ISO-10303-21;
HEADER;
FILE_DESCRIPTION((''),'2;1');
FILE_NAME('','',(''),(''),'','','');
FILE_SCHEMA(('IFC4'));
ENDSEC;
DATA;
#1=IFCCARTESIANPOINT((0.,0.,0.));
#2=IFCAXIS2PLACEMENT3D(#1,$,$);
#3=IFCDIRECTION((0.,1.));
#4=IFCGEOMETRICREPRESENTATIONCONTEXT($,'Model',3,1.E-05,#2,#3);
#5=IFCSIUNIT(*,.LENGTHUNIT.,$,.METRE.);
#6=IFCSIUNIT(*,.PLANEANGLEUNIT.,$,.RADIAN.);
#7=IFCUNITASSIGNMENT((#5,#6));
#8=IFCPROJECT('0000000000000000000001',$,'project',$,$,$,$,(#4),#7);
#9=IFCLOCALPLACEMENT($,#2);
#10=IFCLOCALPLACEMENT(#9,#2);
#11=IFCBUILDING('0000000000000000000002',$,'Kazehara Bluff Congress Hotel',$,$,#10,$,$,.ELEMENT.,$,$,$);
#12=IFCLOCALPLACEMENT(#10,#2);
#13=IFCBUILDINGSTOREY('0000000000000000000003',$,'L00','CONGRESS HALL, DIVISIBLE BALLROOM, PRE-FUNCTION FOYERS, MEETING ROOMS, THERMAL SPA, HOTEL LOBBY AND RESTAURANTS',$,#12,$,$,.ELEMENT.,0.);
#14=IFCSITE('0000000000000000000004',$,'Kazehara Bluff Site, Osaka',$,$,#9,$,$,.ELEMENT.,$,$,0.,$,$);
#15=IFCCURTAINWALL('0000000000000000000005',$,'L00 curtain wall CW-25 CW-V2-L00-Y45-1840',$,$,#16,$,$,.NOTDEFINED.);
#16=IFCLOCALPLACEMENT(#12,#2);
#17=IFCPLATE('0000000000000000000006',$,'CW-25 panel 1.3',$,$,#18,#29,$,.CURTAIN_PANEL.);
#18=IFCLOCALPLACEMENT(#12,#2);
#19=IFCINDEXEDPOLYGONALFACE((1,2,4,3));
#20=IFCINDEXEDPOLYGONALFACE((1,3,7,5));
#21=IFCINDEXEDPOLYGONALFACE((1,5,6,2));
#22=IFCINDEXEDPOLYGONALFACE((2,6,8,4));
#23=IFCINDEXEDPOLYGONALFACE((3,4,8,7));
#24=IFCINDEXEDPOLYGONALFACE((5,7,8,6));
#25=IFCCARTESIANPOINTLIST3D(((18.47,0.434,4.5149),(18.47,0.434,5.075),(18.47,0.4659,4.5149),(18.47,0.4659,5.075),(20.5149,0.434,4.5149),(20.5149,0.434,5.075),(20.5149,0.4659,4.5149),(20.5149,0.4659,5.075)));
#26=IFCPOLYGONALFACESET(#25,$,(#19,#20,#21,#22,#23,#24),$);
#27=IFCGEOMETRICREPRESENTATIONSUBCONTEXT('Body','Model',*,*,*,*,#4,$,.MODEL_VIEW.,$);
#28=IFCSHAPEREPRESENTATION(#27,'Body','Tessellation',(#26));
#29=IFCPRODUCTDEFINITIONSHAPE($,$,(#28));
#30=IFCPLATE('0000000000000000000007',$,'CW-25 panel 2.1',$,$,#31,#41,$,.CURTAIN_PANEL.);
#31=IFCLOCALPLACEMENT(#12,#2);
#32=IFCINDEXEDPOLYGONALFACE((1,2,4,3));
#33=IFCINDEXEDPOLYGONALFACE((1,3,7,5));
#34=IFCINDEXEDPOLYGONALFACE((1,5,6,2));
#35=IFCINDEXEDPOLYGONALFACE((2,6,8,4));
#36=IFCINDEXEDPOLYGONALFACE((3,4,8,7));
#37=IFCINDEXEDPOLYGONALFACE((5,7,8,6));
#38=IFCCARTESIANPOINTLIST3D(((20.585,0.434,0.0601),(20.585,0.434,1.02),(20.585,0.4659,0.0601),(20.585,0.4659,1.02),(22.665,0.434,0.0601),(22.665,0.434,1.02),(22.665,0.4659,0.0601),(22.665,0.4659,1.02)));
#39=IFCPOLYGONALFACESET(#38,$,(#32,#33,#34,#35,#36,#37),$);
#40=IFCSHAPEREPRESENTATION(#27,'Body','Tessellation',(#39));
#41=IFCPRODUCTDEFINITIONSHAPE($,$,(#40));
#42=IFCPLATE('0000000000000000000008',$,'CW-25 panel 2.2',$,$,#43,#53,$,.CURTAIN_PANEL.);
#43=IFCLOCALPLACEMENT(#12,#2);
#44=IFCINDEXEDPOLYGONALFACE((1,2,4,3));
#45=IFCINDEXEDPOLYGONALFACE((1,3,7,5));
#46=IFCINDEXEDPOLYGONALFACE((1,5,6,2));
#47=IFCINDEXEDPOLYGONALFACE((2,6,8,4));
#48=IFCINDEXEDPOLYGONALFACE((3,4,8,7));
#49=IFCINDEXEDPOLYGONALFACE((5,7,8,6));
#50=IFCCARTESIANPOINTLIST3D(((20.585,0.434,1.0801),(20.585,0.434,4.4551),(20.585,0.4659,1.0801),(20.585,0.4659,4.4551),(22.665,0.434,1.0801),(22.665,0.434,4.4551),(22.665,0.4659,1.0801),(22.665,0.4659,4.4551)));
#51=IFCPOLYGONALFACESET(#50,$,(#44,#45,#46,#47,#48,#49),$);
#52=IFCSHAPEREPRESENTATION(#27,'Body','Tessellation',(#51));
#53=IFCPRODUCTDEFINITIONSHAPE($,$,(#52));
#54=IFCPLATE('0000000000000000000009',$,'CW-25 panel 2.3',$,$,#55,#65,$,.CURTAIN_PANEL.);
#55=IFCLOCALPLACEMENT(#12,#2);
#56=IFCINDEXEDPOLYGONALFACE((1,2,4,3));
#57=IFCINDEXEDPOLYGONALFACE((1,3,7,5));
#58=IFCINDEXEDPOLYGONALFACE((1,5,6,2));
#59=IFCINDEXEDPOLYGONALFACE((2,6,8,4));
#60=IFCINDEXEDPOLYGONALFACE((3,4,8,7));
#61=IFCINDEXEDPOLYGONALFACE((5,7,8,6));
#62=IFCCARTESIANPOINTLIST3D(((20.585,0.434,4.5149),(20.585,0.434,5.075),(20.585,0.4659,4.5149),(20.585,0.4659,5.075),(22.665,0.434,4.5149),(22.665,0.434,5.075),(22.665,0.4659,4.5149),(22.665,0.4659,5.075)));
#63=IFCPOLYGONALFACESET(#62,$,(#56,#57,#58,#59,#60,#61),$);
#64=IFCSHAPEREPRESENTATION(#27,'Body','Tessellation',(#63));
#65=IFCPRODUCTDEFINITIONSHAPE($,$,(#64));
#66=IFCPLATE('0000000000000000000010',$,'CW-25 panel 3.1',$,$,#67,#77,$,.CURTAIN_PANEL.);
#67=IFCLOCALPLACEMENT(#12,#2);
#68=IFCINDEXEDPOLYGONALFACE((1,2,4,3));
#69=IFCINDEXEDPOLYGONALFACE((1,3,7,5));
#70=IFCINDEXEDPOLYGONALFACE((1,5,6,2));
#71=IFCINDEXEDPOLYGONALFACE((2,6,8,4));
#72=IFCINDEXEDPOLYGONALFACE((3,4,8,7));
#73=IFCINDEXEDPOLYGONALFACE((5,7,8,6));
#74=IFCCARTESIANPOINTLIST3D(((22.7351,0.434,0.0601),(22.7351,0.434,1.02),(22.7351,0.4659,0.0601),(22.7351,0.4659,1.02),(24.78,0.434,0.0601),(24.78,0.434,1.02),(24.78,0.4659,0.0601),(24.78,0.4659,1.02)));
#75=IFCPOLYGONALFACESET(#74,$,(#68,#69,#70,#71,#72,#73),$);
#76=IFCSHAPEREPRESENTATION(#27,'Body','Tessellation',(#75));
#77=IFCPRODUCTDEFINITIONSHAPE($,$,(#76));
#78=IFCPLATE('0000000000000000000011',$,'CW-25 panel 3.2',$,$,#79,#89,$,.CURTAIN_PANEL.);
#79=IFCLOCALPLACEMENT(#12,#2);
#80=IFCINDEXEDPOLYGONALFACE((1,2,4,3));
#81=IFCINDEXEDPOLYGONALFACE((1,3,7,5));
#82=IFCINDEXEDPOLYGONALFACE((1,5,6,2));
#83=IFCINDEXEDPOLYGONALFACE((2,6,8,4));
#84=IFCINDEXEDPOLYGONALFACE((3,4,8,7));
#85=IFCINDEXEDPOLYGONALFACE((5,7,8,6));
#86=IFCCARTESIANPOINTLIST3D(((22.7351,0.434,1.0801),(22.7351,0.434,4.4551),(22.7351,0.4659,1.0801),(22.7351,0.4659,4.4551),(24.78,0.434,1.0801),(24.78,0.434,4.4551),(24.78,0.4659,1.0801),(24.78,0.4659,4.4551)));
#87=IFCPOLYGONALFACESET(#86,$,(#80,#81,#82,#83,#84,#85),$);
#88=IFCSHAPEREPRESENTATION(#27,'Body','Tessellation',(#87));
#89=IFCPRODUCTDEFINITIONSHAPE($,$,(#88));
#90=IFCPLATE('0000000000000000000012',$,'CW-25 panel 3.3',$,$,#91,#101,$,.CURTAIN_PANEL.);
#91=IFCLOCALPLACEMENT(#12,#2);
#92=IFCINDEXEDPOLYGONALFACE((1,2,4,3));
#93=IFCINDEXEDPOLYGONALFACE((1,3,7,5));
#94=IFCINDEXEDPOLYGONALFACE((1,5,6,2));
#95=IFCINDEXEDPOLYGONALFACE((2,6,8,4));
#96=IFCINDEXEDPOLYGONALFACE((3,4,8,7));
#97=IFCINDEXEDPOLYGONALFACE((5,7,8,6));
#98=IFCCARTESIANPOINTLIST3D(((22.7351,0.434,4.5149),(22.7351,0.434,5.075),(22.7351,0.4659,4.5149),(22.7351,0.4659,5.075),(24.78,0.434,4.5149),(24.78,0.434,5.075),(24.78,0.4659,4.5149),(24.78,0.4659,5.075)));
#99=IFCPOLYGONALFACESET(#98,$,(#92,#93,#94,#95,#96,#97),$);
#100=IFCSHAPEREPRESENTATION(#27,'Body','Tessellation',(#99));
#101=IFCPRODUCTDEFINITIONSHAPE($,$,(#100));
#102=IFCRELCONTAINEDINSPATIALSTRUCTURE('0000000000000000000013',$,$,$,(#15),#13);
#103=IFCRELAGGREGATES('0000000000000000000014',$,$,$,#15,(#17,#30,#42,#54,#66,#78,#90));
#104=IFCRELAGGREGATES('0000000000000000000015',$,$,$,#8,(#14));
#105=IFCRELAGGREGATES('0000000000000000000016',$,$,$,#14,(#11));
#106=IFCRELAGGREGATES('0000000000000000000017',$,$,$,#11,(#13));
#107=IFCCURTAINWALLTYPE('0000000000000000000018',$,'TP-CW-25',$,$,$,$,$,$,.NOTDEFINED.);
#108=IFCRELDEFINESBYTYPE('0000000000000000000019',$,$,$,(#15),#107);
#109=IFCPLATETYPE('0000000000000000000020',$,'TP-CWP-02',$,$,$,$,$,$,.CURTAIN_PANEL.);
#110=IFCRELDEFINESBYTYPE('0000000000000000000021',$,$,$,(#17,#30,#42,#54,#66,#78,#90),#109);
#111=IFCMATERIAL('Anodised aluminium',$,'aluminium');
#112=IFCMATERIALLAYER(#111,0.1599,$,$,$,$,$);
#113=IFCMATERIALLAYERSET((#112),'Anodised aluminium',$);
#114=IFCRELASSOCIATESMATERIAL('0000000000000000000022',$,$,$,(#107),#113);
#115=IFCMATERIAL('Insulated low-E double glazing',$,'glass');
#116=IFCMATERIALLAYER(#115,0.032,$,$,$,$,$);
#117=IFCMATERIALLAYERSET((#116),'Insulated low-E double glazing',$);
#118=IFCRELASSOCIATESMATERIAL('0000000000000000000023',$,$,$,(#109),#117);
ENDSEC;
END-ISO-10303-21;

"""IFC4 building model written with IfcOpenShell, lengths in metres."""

from ifc_helpers import new_model, si_unit, direction, frame, origin, origin_2d, place, context, subcontext, project, spatial, rectangle, extrude, material, layer, layer_set, type_object, element, aggregate, save


model = new_model("IFC4")

# Units and contexts
model_context = context("Model", 3, precision=1e-05, world=origin(), true_north=direction((0.0, 1.0)))
body_context = subcontext(model_context, "Body", "Model", "MODEL_VIEW")
ifc_project = project(units=[si_unit("LENGTHUNIT", "METRE"), si_unit("PLANEANGLEUNIT", "RADIAN")], contexts=[model_context])

# Site, building, storey
site_placement = place(None, origin())
site = spatial("IfcSite", under=ifc_project, at=site_placement, Name="Kazehara Bluff Site, Osaka", CompositionType="ELEMENT", RefElevation=0.0)
building_placement = place(site_placement, origin())
building = spatial("IfcBuilding", under=site, at=building_placement, Name="Kazehara Bluff Congress Hotel", CompositionType="ELEMENT")
storey_placement = place(building_placement, origin())
storey = spatial("IfcBuildingStorey", under=building, at=storey_placement, Name="L00", Description="CONGRESS HALL, DIVISIBLE BALLROOM, PRE-FUNCTION FOYERS, MEETING ROOMS, THERMAL SPA, HOTEL LOBBY AND RESTAURANTS", CompositionType="ELEMENT", Elevation=0.0)

# Curtain wall
ifc_material_1 = material(Name="Anodised aluminium", Category="aluminium")
ifc_layer_1 = layer(ifc_material_1, 0.1599)
ifc_layer_set_1 = layer_set([ifc_layer_1], Name="Anodised aluminium")
curtain_wall_type_1 = type_object("IfcCurtainWallType", Name="TP-CW-25", PredefinedType="NOTDEFINED", material=ifc_layer_set_1)
curtain_wall_1_placement = place(storey_placement, origin())
curtain_wall_1 = element("IfcCurtainWall", 1, at=curtain_wall_1_placement, inside=storey, type_object=curtain_wall_type_1, Name="L00 curtain wall CW-25 CW-V2-L00-Y45-1840", PredefinedType="NOTDEFINED")

# Plates
ifc_material_2 = material(Name="Insulated low-E double glazing", Category="glass")
ifc_layer_2 = layer(ifc_material_2, 0.032)
ifc_layer_set_2 = layer_set([ifc_layer_2], Name="Insulated low-E double glazing")
plate_type = type_object("IfcPlateType", Name="TP-CWP-02", PredefinedType="CURTAIN_PANEL", material=ifc_layer_set_2)
plate_1_placement = place(storey_placement, frame((19.4924, 0.45, 4.5149), z_axis=(0.0, 0.0, 1.0), x_axis=(1.0, 0.0, 0.0)))
plate_1 = element("IfcPlate", 2, at=plate_1_placement, type_object=plate_type, Name="CW-25 panel 1.3", PredefinedType="CURTAIN_PANEL", context=body_context, shape_type="SweptSolid", body=[
    extrude(rectangle(XDim=2.0449, YDim=0.032, at=origin_2d()), origin(), (0.0, 0.0, 1.0), 0.5601),
])
plate_2_placement = place(storey_placement, frame((21.625, 0.45, 0.0601), z_axis=(0.0, 0.0, 1.0), x_axis=(1.0, 0.0, 0.0)))
plate_2 = element("IfcPlate", 3, at=plate_2_placement, type_object=plate_type, Name="CW-25 panel 2.1", PredefinedType="CURTAIN_PANEL", context=body_context, shape_type="SweptSolid", body=[
    extrude(rectangle(XDim=2.0801, YDim=0.032, at=origin_2d()), origin(), (0.0, 0.0, 1.0), 0.96),
])
plate_3_placement = place(storey_placement, frame((21.625, 0.45, 1.0801), z_axis=(0.0, 0.0, 1.0), x_axis=(1.0, 0.0, 0.0)))
plate_3 = element("IfcPlate", 4, at=plate_3_placement, type_object=plate_type, Name="CW-25 panel 2.2", PredefinedType="CURTAIN_PANEL", context=body_context, shape_type="SweptSolid", body=[
    extrude(rectangle(XDim=2.0801, YDim=0.032, at=origin_2d()), origin(), (0.0, 0.0, 1.0), 3.375),
])
plate_4_placement = place(storey_placement, frame((21.625, 0.45, 4.5149), z_axis=(0.0, 0.0, 1.0), x_axis=(1.0, 0.0, 0.0)))
plate_4 = element("IfcPlate", 5, at=plate_4_placement, type_object=plate_type, Name="CW-25 panel 2.3", PredefinedType="CURTAIN_PANEL", context=body_context, shape_type="SweptSolid", body=[
    extrude(rectangle(XDim=2.0801, YDim=0.032, at=origin_2d()), origin(), (0.0, 0.0, 1.0), 0.5601),
])
plate_5_placement = place(storey_placement, frame((23.7576, 0.45, 0.0601), z_axis=(0.0, 0.0, 1.0), x_axis=(1.0, 0.0, 0.0)))
plate_5 = element("IfcPlate", 6, at=plate_5_placement, type_object=plate_type, Name="CW-25 panel 3.1", PredefinedType="CURTAIN_PANEL", context=body_context, shape_type="SweptSolid", body=[
    extrude(rectangle(XDim=2.0449, YDim=0.032, at=origin_2d()), origin(), (0.0, 0.0, 1.0), 0.96),
])
plate_6_placement = place(storey_placement, frame((23.7576, 0.45, 1.0801), z_axis=(0.0, 0.0, 1.0), x_axis=(1.0, 0.0, 0.0)))
plate_6 = element("IfcPlate", 7, at=plate_6_placement, type_object=plate_type, Name="CW-25 panel 3.2", PredefinedType="CURTAIN_PANEL", context=body_context, shape_type="SweptSolid", body=[
    extrude(rectangle(XDim=2.0449, YDim=0.032, at=origin_2d()), origin(), (0.0, 0.0, 1.0), 3.375),
])
plate_7_placement = place(storey_placement, frame((23.7576, 0.45, 4.5149), z_axis=(0.0, 0.0, 1.0), x_axis=(1.0, 0.0, 0.0)))
plate_7 = element("IfcPlate", 8, at=plate_7_placement, type_object=plate_type, Name="CW-25 panel 3.3", PredefinedType="CURTAIN_PANEL", context=body_context, shape_type="SweptSolid", body=[
    extrude(rectangle(XDim=2.0449, YDim=0.032, at=origin_2d()), origin(), (0.0, 0.0, 1.0), 0.5601),
])
aggregate(curtain_wall_1, [plate_1, plate_2, plate_3, plate_4, plate_5, plate_6, plate_7])

save(model, "model.ifc")
